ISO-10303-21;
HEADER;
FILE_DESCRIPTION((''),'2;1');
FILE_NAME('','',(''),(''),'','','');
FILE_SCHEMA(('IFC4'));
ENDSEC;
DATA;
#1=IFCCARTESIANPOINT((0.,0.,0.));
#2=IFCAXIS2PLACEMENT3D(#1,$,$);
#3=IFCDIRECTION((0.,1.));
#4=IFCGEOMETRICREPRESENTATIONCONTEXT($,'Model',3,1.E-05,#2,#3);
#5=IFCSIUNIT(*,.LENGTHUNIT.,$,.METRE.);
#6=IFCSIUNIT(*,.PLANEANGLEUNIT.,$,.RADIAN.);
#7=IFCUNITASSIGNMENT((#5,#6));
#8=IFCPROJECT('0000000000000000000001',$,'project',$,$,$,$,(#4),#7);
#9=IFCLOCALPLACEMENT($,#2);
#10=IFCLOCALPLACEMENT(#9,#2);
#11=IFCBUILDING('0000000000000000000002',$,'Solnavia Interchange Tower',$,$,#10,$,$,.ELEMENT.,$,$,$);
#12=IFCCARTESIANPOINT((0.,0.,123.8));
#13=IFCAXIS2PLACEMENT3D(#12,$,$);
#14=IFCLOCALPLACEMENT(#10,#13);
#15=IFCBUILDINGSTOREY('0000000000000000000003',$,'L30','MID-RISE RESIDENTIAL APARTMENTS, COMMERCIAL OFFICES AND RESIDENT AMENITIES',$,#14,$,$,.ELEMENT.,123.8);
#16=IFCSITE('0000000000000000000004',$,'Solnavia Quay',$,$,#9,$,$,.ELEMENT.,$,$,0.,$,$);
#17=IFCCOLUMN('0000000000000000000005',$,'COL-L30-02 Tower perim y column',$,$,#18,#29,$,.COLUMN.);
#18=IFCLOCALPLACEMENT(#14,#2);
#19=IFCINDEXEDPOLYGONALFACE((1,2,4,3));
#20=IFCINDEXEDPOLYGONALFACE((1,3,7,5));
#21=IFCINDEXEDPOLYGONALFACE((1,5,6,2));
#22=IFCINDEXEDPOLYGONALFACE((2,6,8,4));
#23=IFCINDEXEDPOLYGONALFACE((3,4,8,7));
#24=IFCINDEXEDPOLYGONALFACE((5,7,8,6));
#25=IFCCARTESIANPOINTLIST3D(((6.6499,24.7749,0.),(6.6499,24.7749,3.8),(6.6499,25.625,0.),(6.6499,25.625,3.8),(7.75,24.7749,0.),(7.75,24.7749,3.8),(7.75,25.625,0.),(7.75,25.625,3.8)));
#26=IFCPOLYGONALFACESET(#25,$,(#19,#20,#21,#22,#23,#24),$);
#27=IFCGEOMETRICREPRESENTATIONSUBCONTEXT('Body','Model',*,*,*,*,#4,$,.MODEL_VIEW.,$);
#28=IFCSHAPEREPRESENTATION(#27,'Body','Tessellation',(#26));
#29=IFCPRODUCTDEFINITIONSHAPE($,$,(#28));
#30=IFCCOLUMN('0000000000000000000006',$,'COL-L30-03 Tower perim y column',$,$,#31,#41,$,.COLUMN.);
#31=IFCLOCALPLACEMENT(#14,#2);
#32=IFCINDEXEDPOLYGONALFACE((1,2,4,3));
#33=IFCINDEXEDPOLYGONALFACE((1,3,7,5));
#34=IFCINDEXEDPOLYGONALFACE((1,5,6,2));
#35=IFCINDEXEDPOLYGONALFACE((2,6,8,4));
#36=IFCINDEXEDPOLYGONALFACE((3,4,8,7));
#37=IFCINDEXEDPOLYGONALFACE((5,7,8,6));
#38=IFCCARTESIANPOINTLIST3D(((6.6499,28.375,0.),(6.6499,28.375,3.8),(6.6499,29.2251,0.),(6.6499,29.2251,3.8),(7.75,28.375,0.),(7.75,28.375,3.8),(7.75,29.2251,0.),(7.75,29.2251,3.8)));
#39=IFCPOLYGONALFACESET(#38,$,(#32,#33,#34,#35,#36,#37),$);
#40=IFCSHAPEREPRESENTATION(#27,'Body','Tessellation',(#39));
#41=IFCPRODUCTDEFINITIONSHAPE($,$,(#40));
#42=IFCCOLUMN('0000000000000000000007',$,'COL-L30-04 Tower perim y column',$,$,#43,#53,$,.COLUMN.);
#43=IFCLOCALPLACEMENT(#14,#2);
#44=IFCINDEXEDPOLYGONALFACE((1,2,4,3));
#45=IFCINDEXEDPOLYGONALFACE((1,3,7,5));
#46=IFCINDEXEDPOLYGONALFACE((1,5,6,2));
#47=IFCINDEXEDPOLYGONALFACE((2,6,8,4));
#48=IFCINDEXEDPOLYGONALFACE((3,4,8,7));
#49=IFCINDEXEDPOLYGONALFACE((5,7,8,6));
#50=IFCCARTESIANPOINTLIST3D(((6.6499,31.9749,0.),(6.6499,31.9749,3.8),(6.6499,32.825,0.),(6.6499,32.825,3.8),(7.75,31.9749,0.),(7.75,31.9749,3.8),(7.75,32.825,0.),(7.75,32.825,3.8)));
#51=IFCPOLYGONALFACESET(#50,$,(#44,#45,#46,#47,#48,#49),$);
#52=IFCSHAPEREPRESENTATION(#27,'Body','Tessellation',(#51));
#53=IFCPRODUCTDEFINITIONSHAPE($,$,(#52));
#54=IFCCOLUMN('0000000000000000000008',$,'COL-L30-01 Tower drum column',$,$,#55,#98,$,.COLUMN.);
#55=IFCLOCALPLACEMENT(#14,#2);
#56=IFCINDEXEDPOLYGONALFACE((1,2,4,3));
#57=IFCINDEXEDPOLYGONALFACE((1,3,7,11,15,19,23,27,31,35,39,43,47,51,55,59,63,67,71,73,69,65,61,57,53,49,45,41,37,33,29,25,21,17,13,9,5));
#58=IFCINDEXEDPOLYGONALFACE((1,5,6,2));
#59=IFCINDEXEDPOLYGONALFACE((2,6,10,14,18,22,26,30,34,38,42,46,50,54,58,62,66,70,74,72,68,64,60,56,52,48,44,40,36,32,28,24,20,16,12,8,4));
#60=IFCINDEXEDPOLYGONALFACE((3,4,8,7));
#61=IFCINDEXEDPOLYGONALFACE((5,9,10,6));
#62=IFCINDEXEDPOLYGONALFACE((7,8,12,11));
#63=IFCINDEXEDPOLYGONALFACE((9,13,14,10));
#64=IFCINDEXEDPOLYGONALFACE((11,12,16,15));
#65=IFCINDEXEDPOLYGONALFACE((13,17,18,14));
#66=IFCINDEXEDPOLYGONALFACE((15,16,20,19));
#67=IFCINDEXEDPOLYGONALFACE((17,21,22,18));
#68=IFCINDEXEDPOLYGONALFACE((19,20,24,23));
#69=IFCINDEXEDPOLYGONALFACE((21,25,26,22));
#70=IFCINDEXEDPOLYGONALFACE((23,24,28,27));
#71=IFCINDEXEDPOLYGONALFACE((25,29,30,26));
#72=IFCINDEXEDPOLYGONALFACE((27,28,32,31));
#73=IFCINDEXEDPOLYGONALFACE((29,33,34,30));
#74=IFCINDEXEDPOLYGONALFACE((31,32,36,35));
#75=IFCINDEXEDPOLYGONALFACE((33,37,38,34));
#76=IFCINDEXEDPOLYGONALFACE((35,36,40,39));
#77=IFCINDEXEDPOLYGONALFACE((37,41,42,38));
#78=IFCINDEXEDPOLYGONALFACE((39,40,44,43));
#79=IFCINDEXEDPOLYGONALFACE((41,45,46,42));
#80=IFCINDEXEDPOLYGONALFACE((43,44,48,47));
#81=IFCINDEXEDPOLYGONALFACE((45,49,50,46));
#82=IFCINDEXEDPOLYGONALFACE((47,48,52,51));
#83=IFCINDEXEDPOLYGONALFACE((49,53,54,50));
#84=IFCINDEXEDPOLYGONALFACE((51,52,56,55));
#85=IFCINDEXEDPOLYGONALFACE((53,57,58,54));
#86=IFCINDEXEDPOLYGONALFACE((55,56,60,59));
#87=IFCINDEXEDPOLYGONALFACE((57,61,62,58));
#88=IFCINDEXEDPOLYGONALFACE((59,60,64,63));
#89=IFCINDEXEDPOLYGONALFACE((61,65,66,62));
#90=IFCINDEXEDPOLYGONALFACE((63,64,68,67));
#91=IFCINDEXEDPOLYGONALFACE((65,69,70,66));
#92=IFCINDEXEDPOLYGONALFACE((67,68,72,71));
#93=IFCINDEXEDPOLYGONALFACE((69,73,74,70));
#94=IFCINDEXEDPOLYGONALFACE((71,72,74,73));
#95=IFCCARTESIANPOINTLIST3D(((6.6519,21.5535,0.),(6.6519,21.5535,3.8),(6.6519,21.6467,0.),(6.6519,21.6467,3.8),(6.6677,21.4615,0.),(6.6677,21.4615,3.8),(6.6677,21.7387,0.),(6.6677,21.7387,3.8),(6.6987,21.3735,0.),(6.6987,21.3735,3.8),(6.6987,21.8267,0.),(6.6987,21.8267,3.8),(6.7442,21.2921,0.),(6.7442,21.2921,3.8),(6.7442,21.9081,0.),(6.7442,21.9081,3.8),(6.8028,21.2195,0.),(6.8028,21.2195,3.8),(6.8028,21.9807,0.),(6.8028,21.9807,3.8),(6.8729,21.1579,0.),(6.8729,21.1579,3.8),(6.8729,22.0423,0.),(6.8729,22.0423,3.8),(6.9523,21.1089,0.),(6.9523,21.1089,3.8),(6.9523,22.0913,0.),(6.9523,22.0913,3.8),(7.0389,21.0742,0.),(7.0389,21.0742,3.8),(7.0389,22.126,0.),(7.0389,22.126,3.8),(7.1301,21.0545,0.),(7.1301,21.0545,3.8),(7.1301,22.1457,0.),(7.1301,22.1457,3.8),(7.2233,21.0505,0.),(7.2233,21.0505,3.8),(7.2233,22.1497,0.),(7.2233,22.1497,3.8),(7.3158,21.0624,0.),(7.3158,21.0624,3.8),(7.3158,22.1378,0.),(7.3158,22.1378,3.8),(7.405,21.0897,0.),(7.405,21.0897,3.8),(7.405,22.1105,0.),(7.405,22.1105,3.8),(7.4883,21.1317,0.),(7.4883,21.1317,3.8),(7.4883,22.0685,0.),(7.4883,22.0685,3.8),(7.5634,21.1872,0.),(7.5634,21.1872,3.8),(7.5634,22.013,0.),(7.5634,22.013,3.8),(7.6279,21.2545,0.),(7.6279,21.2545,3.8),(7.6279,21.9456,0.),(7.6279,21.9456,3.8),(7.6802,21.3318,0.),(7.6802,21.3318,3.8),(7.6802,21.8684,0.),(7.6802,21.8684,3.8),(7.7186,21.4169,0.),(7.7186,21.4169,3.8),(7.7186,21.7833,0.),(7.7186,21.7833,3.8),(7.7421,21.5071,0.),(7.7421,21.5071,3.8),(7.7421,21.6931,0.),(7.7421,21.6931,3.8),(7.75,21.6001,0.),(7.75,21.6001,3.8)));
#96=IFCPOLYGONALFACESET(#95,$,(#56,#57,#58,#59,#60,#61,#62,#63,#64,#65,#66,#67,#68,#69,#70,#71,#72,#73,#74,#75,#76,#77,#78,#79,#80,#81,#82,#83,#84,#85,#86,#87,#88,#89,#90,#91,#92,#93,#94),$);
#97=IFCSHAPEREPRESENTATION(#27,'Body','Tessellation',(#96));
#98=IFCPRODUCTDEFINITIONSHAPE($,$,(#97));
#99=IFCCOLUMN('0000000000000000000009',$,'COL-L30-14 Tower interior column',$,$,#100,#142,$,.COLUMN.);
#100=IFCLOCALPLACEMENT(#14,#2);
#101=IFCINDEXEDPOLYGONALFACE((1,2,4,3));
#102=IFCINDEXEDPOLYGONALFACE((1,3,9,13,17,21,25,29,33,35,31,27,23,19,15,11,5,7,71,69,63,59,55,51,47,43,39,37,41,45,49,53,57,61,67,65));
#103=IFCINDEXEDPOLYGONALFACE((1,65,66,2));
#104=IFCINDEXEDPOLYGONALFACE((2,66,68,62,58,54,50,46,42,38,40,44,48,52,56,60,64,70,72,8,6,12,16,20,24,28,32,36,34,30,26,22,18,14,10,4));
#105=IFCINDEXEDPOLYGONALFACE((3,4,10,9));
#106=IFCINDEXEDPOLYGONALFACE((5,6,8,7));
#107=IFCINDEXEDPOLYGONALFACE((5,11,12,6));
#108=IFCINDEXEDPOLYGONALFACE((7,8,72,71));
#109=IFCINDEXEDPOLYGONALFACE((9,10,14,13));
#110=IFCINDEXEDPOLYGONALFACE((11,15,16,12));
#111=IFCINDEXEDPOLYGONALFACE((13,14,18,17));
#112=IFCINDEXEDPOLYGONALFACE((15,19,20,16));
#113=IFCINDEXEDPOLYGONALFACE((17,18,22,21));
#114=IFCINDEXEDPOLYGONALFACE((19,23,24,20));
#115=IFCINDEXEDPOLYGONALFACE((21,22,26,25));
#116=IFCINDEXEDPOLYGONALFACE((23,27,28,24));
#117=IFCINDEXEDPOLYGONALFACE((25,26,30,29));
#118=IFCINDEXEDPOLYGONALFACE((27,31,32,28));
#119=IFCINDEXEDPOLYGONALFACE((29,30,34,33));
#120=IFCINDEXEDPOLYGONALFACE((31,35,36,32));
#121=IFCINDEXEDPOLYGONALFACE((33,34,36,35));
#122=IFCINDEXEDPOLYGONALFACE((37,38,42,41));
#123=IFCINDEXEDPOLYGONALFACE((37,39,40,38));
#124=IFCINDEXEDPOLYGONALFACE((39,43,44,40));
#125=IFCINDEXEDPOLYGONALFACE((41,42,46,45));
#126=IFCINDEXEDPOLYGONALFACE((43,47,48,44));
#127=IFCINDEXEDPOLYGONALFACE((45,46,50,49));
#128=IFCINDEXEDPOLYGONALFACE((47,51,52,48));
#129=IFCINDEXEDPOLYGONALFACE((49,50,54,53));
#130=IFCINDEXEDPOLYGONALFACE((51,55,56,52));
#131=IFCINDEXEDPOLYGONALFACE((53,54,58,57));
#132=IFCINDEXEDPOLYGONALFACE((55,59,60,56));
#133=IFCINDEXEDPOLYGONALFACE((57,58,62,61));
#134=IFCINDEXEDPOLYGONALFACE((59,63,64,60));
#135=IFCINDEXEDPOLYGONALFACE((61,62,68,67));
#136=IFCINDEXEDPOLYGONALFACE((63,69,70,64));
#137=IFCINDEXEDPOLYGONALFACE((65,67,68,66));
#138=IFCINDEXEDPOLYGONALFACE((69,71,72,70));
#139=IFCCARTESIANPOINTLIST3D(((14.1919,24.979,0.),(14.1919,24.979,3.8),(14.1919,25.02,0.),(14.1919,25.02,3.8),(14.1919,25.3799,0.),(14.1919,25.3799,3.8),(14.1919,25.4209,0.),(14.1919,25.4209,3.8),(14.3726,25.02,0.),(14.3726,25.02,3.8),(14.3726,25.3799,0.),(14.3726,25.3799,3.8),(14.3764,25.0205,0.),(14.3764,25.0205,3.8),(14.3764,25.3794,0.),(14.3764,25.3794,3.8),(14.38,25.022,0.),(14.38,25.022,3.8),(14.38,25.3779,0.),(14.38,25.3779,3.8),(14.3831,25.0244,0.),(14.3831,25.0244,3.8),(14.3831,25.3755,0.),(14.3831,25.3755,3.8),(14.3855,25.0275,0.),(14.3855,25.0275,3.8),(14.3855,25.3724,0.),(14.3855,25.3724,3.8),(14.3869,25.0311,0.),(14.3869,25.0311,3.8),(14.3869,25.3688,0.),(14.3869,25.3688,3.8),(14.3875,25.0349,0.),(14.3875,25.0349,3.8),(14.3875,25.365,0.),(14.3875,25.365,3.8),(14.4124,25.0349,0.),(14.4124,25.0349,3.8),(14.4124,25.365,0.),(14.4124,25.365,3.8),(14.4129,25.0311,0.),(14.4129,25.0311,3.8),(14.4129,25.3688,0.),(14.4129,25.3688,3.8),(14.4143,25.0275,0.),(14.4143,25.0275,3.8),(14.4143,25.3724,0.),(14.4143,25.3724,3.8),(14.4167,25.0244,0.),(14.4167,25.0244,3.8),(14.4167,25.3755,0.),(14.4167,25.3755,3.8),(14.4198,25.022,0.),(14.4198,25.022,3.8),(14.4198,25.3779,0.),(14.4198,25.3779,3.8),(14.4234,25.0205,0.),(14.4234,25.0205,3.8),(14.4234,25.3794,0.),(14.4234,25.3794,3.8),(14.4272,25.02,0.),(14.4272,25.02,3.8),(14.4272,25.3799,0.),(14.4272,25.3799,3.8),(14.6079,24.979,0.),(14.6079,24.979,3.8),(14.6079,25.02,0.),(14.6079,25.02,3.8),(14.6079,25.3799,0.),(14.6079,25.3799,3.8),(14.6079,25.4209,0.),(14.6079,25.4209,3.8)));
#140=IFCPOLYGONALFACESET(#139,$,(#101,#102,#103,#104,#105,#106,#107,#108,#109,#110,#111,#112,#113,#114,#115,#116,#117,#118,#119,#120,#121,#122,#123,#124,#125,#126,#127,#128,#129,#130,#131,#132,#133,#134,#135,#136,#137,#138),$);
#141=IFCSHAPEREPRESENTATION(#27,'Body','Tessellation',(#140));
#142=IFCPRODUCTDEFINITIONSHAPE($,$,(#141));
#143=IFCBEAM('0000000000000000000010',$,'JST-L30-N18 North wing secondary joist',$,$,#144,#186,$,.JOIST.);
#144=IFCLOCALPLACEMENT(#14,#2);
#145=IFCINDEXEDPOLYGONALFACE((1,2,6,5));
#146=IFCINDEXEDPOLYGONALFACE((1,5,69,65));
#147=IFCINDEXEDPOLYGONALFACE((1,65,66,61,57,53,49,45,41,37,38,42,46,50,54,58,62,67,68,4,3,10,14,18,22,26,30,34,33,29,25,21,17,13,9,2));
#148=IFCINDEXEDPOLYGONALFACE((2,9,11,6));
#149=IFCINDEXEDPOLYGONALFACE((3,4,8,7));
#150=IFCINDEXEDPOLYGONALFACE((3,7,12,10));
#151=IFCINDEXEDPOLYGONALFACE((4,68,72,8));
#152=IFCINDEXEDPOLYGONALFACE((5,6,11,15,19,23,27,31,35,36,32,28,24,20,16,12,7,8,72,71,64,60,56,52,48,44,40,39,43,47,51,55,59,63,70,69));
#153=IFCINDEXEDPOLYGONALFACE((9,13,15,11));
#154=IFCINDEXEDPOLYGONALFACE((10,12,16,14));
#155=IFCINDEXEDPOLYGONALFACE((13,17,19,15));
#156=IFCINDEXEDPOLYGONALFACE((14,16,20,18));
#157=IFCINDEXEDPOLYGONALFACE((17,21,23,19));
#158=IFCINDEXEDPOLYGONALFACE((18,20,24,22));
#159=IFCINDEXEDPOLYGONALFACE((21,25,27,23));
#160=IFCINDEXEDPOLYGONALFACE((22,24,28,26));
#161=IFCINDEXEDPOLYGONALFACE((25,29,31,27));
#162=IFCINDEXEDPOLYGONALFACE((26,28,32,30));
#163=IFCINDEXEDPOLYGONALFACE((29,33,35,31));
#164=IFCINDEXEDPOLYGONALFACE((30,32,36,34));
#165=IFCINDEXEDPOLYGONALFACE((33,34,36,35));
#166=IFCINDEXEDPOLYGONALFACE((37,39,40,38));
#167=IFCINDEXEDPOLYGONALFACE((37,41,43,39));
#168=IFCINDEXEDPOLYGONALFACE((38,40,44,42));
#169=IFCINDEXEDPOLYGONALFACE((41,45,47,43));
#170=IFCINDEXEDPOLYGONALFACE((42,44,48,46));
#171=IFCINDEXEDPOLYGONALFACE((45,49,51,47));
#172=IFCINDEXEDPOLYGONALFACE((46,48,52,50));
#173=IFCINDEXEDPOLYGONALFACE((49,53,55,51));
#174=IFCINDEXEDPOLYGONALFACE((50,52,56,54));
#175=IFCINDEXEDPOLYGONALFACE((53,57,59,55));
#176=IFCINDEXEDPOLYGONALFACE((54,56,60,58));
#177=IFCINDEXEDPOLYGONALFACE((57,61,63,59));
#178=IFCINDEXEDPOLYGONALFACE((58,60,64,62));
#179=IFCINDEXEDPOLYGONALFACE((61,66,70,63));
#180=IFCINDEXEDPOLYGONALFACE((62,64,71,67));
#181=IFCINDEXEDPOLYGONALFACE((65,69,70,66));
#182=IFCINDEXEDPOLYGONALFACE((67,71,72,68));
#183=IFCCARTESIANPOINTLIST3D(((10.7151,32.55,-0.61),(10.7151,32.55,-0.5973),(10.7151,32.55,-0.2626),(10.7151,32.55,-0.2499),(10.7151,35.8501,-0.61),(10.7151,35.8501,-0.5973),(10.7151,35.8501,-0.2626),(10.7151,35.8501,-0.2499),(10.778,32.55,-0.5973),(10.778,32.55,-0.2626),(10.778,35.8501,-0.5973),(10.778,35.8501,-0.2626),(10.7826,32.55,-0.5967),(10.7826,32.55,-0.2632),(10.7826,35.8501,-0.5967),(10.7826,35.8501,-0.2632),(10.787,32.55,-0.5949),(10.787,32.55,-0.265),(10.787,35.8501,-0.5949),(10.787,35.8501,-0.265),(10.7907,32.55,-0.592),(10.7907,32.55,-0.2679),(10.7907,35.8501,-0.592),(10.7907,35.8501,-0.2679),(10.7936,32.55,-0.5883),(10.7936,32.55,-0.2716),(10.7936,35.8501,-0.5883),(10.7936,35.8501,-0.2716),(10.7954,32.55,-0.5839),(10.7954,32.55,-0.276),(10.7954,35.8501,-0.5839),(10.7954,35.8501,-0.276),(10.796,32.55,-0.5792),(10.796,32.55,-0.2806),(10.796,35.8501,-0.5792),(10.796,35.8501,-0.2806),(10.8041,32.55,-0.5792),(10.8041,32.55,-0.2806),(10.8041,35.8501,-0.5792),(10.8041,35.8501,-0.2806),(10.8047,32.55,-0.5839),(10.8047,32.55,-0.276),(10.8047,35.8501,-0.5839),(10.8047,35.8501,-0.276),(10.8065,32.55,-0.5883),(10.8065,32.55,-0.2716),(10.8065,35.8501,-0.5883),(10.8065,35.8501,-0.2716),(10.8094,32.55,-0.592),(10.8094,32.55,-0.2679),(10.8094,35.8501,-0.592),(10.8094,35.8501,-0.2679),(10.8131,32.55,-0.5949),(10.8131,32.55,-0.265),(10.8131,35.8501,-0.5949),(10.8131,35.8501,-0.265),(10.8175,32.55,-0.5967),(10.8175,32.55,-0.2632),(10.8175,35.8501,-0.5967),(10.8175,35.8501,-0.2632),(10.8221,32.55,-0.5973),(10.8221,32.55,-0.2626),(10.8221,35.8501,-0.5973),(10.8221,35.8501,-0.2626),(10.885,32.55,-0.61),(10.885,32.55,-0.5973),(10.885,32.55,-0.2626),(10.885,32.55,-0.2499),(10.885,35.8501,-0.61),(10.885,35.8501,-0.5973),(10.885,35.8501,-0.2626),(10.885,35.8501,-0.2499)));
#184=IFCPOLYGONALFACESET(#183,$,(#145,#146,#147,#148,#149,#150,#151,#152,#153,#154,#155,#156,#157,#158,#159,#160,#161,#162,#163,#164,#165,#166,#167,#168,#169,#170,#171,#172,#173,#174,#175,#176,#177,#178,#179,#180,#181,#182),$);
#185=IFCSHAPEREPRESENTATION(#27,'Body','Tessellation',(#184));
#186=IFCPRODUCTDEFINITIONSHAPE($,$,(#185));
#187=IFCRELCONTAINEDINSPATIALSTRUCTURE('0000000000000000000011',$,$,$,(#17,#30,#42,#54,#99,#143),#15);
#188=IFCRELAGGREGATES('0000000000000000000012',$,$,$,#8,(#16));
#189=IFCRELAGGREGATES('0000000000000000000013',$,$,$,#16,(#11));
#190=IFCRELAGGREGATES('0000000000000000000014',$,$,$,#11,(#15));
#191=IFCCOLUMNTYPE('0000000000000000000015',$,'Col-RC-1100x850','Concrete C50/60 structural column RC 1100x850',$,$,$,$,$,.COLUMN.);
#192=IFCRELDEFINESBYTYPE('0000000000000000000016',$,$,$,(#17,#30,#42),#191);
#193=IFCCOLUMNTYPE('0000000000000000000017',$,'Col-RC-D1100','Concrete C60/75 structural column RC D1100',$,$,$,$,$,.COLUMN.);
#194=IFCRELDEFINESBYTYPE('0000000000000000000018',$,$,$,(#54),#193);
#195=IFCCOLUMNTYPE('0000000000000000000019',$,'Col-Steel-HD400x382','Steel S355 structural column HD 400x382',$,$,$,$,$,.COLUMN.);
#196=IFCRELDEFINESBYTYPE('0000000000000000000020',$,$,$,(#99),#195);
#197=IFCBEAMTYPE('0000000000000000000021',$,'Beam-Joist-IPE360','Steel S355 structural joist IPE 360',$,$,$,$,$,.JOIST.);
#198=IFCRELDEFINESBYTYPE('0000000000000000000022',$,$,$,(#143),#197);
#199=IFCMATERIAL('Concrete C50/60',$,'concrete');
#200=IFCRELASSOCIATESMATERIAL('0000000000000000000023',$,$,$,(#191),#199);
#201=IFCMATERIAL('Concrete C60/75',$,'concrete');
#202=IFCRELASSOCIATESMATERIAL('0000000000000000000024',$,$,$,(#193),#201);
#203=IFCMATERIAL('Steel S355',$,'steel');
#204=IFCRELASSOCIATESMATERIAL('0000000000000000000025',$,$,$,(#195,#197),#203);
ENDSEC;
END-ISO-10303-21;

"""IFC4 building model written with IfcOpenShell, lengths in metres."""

from ifc_helpers import new_model, si_unit, direction, frame, origin, origin_2d, place, context, subcontext, project, spatial, rectangle, circle, i_section, extrude, material, material_profile, profile_set, type_object, element, save


model = new_model("IFC4")

# Units and contexts
model_context = context("Model", 3, precision=1e-05, world=origin(), true_north=direction((0.0, 1.0)))
body_context = subcontext(model_context, "Body", "Model", "MODEL_VIEW")
ifc_project = project(units=[si_unit("LENGTHUNIT", "METRE"), si_unit("PLANEANGLEUNIT", "RADIAN")], contexts=[model_context])

# Site, building, storey
site_placement = place(None, origin())
site = spatial("IfcSite", under=ifc_project, at=site_placement, Name="Solnavia Quay", CompositionType="ELEMENT", RefElevation=0.0)
building_placement = place(site_placement, origin())
building = spatial("IfcBuilding", under=site, at=building_placement, Name="Solnavia Interchange Tower", CompositionType="ELEMENT")
storey_placement = place(building_placement, frame((0.0, 0.0, 123.8)))
storey = spatial("IfcBuildingStorey", under=building, at=storey_placement, Name="L30", Description="MID-RISE RESIDENTIAL APARTMENTS, COMMERCIAL OFFICES AND RESIDENT AMENITIES", CompositionType="ELEMENT", Elevation=123.8)

# Columns
ifc_material_1 = material(Name="Concrete C50/60", Category="concrete")
ifc_material_profile_1 = material_profile(ifc_material_1, rectangle(XDim=0.8501, YDim=1.1001, at=origin_2d()), Name="RC 1100x850")
ifc_profile_set_1 = profile_set([ifc_material_profile_1], Name="Concrete C50/60")
column_type_1 = type_object("IfcColumnType", Name="Col-RC-1100x850", Description="Concrete C50/60 structural column RC 1100x850", PredefinedType="COLUMN", material=ifc_profile_set_1)
for number, where, z_axis, x_axis, name in (
    (1, (7.2, 25.2, 0.0), (0.0, 0.0, 1.0), (0.0, 1.0, 0.0), "COL-L30-02 Tower perim y column"),
    (2, (7.2, 28.8, 0.0), (0.0, 0.0, 1.0), (0.0, 1.0, 0.0), "COL-L30-03 Tower perim y column"),
    (3, (7.2, 32.3999, 0.0), (0.0, 0.0, 1.0), (0.0, 1.0, 0.0), "COL-L30-04 Tower perim y column"),
):
    element("IfcColumn", number, at=place(storey_placement, frame(where, z_axis=z_axis, x_axis=x_axis)), inside=storey, type_object=column_type_1, Name=name, PredefinedType="COLUMN", context=body_context, shape_type="SweptSolid", body=[
        extrude(rectangle(XDim=0.8501, YDim=1.1001, at=origin_2d()), origin(), (0.0, 0.0, 1.0), 3.8),
    ])
ifc_material_2 = material(Name="Concrete C60/75", Category="concrete")
ifc_material_profile_2 = material_profile(ifc_material_2, circle(Radius=0.55, at=origin_2d()), Name="RC D1100")
ifc_profile_set_2 = profile_set([ifc_material_profile_2], Name="Concrete C60/75")
column_type_2 = type_object("IfcColumnType", Name="Col-RC-D1100", Description="Concrete C60/75 structural column RC D1100", PredefinedType="COLUMN", material=ifc_profile_set_2)
column_1_placement = place(storey_placement, frame((7.2, 21.6001, 0.0), z_axis=(0.0, 0.0, 1.0), x_axis=(1.0, 0.0, 0.0)))
element("IfcColumn", 4, at=column_1_placement, inside=storey, type_object=column_type_2, Name="COL-L30-01 Tower drum column", PredefinedType="COLUMN", context=body_context, shape_type="SweptSolid", body=[
    extrude(circle(Radius=0.55, at=origin_2d()), origin(), (0.0, 0.0, 1.0), 3.8),
])
ifc_material_3 = material(Name="Steel S355", Category="steel")
ifc_material_profile_3 = material_profile(ifc_material_3, i_section(OverallWidth=0.416, OverallDepth=0.4419, WebThickness=0.0249, FlangeThickness=0.041, FilletRadius=0.0149, at=origin_2d()), Name="HD 400x382")
ifc_profile_set_3 = profile_set([ifc_material_profile_3], Name="Steel S355")
column_type_3 = type_object("IfcColumnType", Name="Col-Steel-HD400x382", Description="Steel S355 structural column HD 400x382", PredefinedType="COLUMN", material=ifc_profile_set_3)
column_2_placement = place(storey_placement, frame((14.3999, 25.2, 0.0), z_axis=(0.0, 0.0, 1.0), x_axis=(1.0, 0.0, 0.0)))
element("IfcColumn", 5, at=column_2_placement, inside=storey, type_object=column_type_3, Name="COL-L30-14 Tower interior column", PredefinedType="COLUMN", context=body_context, shape_type="SweptSolid", body=[
    extrude(i_section(OverallWidth=0.416, OverallDepth=0.4419, WebThickness=0.0249, FlangeThickness=0.041, FilletRadius=0.0149, at=origin_2d()), origin(), (0.0, 0.0, 1.0), 3.8),
])

# Beam
ifc_material_profile_4 = material_profile(ifc_material_3, i_section(OverallWidth=0.1699, OverallDepth=0.3601, WebThickness=0.0081, FlangeThickness=0.0127, FilletRadius=0.0181, at=origin_2d()), Name="IPE 360")
ifc_profile_set_4 = profile_set([ifc_material_profile_4], Name="Steel S355")
beam_type_1 = type_object("IfcBeamType", Name="Beam-Joist-IPE360", Description="Steel S355 structural joist IPE 360", PredefinedType="JOIST", material=ifc_profile_set_4)
beam_1_placement = place(storey_placement, frame((10.8, 32.55, -0.4299), z_axis=(0.0, 1.0, 0.0), x_axis=(-1.0, 0.0, 0.0)))
element("IfcBeam", 6, at=beam_1_placement, inside=storey, type_object=beam_type_1, Name="JST-L30-N18 North wing secondary joist", PredefinedType="JOIST", context=body_context, shape_type="SweptSolid", body=[
    extrude(i_section(OverallWidth=0.1699, OverallDepth=0.3601, WebThickness=0.0081, FlangeThickness=0.0127, FilletRadius=0.0181, at=origin_2d()), origin(), (0.0, 0.0, 1.0), 3.3),
])

save(model, "model.ifc")
